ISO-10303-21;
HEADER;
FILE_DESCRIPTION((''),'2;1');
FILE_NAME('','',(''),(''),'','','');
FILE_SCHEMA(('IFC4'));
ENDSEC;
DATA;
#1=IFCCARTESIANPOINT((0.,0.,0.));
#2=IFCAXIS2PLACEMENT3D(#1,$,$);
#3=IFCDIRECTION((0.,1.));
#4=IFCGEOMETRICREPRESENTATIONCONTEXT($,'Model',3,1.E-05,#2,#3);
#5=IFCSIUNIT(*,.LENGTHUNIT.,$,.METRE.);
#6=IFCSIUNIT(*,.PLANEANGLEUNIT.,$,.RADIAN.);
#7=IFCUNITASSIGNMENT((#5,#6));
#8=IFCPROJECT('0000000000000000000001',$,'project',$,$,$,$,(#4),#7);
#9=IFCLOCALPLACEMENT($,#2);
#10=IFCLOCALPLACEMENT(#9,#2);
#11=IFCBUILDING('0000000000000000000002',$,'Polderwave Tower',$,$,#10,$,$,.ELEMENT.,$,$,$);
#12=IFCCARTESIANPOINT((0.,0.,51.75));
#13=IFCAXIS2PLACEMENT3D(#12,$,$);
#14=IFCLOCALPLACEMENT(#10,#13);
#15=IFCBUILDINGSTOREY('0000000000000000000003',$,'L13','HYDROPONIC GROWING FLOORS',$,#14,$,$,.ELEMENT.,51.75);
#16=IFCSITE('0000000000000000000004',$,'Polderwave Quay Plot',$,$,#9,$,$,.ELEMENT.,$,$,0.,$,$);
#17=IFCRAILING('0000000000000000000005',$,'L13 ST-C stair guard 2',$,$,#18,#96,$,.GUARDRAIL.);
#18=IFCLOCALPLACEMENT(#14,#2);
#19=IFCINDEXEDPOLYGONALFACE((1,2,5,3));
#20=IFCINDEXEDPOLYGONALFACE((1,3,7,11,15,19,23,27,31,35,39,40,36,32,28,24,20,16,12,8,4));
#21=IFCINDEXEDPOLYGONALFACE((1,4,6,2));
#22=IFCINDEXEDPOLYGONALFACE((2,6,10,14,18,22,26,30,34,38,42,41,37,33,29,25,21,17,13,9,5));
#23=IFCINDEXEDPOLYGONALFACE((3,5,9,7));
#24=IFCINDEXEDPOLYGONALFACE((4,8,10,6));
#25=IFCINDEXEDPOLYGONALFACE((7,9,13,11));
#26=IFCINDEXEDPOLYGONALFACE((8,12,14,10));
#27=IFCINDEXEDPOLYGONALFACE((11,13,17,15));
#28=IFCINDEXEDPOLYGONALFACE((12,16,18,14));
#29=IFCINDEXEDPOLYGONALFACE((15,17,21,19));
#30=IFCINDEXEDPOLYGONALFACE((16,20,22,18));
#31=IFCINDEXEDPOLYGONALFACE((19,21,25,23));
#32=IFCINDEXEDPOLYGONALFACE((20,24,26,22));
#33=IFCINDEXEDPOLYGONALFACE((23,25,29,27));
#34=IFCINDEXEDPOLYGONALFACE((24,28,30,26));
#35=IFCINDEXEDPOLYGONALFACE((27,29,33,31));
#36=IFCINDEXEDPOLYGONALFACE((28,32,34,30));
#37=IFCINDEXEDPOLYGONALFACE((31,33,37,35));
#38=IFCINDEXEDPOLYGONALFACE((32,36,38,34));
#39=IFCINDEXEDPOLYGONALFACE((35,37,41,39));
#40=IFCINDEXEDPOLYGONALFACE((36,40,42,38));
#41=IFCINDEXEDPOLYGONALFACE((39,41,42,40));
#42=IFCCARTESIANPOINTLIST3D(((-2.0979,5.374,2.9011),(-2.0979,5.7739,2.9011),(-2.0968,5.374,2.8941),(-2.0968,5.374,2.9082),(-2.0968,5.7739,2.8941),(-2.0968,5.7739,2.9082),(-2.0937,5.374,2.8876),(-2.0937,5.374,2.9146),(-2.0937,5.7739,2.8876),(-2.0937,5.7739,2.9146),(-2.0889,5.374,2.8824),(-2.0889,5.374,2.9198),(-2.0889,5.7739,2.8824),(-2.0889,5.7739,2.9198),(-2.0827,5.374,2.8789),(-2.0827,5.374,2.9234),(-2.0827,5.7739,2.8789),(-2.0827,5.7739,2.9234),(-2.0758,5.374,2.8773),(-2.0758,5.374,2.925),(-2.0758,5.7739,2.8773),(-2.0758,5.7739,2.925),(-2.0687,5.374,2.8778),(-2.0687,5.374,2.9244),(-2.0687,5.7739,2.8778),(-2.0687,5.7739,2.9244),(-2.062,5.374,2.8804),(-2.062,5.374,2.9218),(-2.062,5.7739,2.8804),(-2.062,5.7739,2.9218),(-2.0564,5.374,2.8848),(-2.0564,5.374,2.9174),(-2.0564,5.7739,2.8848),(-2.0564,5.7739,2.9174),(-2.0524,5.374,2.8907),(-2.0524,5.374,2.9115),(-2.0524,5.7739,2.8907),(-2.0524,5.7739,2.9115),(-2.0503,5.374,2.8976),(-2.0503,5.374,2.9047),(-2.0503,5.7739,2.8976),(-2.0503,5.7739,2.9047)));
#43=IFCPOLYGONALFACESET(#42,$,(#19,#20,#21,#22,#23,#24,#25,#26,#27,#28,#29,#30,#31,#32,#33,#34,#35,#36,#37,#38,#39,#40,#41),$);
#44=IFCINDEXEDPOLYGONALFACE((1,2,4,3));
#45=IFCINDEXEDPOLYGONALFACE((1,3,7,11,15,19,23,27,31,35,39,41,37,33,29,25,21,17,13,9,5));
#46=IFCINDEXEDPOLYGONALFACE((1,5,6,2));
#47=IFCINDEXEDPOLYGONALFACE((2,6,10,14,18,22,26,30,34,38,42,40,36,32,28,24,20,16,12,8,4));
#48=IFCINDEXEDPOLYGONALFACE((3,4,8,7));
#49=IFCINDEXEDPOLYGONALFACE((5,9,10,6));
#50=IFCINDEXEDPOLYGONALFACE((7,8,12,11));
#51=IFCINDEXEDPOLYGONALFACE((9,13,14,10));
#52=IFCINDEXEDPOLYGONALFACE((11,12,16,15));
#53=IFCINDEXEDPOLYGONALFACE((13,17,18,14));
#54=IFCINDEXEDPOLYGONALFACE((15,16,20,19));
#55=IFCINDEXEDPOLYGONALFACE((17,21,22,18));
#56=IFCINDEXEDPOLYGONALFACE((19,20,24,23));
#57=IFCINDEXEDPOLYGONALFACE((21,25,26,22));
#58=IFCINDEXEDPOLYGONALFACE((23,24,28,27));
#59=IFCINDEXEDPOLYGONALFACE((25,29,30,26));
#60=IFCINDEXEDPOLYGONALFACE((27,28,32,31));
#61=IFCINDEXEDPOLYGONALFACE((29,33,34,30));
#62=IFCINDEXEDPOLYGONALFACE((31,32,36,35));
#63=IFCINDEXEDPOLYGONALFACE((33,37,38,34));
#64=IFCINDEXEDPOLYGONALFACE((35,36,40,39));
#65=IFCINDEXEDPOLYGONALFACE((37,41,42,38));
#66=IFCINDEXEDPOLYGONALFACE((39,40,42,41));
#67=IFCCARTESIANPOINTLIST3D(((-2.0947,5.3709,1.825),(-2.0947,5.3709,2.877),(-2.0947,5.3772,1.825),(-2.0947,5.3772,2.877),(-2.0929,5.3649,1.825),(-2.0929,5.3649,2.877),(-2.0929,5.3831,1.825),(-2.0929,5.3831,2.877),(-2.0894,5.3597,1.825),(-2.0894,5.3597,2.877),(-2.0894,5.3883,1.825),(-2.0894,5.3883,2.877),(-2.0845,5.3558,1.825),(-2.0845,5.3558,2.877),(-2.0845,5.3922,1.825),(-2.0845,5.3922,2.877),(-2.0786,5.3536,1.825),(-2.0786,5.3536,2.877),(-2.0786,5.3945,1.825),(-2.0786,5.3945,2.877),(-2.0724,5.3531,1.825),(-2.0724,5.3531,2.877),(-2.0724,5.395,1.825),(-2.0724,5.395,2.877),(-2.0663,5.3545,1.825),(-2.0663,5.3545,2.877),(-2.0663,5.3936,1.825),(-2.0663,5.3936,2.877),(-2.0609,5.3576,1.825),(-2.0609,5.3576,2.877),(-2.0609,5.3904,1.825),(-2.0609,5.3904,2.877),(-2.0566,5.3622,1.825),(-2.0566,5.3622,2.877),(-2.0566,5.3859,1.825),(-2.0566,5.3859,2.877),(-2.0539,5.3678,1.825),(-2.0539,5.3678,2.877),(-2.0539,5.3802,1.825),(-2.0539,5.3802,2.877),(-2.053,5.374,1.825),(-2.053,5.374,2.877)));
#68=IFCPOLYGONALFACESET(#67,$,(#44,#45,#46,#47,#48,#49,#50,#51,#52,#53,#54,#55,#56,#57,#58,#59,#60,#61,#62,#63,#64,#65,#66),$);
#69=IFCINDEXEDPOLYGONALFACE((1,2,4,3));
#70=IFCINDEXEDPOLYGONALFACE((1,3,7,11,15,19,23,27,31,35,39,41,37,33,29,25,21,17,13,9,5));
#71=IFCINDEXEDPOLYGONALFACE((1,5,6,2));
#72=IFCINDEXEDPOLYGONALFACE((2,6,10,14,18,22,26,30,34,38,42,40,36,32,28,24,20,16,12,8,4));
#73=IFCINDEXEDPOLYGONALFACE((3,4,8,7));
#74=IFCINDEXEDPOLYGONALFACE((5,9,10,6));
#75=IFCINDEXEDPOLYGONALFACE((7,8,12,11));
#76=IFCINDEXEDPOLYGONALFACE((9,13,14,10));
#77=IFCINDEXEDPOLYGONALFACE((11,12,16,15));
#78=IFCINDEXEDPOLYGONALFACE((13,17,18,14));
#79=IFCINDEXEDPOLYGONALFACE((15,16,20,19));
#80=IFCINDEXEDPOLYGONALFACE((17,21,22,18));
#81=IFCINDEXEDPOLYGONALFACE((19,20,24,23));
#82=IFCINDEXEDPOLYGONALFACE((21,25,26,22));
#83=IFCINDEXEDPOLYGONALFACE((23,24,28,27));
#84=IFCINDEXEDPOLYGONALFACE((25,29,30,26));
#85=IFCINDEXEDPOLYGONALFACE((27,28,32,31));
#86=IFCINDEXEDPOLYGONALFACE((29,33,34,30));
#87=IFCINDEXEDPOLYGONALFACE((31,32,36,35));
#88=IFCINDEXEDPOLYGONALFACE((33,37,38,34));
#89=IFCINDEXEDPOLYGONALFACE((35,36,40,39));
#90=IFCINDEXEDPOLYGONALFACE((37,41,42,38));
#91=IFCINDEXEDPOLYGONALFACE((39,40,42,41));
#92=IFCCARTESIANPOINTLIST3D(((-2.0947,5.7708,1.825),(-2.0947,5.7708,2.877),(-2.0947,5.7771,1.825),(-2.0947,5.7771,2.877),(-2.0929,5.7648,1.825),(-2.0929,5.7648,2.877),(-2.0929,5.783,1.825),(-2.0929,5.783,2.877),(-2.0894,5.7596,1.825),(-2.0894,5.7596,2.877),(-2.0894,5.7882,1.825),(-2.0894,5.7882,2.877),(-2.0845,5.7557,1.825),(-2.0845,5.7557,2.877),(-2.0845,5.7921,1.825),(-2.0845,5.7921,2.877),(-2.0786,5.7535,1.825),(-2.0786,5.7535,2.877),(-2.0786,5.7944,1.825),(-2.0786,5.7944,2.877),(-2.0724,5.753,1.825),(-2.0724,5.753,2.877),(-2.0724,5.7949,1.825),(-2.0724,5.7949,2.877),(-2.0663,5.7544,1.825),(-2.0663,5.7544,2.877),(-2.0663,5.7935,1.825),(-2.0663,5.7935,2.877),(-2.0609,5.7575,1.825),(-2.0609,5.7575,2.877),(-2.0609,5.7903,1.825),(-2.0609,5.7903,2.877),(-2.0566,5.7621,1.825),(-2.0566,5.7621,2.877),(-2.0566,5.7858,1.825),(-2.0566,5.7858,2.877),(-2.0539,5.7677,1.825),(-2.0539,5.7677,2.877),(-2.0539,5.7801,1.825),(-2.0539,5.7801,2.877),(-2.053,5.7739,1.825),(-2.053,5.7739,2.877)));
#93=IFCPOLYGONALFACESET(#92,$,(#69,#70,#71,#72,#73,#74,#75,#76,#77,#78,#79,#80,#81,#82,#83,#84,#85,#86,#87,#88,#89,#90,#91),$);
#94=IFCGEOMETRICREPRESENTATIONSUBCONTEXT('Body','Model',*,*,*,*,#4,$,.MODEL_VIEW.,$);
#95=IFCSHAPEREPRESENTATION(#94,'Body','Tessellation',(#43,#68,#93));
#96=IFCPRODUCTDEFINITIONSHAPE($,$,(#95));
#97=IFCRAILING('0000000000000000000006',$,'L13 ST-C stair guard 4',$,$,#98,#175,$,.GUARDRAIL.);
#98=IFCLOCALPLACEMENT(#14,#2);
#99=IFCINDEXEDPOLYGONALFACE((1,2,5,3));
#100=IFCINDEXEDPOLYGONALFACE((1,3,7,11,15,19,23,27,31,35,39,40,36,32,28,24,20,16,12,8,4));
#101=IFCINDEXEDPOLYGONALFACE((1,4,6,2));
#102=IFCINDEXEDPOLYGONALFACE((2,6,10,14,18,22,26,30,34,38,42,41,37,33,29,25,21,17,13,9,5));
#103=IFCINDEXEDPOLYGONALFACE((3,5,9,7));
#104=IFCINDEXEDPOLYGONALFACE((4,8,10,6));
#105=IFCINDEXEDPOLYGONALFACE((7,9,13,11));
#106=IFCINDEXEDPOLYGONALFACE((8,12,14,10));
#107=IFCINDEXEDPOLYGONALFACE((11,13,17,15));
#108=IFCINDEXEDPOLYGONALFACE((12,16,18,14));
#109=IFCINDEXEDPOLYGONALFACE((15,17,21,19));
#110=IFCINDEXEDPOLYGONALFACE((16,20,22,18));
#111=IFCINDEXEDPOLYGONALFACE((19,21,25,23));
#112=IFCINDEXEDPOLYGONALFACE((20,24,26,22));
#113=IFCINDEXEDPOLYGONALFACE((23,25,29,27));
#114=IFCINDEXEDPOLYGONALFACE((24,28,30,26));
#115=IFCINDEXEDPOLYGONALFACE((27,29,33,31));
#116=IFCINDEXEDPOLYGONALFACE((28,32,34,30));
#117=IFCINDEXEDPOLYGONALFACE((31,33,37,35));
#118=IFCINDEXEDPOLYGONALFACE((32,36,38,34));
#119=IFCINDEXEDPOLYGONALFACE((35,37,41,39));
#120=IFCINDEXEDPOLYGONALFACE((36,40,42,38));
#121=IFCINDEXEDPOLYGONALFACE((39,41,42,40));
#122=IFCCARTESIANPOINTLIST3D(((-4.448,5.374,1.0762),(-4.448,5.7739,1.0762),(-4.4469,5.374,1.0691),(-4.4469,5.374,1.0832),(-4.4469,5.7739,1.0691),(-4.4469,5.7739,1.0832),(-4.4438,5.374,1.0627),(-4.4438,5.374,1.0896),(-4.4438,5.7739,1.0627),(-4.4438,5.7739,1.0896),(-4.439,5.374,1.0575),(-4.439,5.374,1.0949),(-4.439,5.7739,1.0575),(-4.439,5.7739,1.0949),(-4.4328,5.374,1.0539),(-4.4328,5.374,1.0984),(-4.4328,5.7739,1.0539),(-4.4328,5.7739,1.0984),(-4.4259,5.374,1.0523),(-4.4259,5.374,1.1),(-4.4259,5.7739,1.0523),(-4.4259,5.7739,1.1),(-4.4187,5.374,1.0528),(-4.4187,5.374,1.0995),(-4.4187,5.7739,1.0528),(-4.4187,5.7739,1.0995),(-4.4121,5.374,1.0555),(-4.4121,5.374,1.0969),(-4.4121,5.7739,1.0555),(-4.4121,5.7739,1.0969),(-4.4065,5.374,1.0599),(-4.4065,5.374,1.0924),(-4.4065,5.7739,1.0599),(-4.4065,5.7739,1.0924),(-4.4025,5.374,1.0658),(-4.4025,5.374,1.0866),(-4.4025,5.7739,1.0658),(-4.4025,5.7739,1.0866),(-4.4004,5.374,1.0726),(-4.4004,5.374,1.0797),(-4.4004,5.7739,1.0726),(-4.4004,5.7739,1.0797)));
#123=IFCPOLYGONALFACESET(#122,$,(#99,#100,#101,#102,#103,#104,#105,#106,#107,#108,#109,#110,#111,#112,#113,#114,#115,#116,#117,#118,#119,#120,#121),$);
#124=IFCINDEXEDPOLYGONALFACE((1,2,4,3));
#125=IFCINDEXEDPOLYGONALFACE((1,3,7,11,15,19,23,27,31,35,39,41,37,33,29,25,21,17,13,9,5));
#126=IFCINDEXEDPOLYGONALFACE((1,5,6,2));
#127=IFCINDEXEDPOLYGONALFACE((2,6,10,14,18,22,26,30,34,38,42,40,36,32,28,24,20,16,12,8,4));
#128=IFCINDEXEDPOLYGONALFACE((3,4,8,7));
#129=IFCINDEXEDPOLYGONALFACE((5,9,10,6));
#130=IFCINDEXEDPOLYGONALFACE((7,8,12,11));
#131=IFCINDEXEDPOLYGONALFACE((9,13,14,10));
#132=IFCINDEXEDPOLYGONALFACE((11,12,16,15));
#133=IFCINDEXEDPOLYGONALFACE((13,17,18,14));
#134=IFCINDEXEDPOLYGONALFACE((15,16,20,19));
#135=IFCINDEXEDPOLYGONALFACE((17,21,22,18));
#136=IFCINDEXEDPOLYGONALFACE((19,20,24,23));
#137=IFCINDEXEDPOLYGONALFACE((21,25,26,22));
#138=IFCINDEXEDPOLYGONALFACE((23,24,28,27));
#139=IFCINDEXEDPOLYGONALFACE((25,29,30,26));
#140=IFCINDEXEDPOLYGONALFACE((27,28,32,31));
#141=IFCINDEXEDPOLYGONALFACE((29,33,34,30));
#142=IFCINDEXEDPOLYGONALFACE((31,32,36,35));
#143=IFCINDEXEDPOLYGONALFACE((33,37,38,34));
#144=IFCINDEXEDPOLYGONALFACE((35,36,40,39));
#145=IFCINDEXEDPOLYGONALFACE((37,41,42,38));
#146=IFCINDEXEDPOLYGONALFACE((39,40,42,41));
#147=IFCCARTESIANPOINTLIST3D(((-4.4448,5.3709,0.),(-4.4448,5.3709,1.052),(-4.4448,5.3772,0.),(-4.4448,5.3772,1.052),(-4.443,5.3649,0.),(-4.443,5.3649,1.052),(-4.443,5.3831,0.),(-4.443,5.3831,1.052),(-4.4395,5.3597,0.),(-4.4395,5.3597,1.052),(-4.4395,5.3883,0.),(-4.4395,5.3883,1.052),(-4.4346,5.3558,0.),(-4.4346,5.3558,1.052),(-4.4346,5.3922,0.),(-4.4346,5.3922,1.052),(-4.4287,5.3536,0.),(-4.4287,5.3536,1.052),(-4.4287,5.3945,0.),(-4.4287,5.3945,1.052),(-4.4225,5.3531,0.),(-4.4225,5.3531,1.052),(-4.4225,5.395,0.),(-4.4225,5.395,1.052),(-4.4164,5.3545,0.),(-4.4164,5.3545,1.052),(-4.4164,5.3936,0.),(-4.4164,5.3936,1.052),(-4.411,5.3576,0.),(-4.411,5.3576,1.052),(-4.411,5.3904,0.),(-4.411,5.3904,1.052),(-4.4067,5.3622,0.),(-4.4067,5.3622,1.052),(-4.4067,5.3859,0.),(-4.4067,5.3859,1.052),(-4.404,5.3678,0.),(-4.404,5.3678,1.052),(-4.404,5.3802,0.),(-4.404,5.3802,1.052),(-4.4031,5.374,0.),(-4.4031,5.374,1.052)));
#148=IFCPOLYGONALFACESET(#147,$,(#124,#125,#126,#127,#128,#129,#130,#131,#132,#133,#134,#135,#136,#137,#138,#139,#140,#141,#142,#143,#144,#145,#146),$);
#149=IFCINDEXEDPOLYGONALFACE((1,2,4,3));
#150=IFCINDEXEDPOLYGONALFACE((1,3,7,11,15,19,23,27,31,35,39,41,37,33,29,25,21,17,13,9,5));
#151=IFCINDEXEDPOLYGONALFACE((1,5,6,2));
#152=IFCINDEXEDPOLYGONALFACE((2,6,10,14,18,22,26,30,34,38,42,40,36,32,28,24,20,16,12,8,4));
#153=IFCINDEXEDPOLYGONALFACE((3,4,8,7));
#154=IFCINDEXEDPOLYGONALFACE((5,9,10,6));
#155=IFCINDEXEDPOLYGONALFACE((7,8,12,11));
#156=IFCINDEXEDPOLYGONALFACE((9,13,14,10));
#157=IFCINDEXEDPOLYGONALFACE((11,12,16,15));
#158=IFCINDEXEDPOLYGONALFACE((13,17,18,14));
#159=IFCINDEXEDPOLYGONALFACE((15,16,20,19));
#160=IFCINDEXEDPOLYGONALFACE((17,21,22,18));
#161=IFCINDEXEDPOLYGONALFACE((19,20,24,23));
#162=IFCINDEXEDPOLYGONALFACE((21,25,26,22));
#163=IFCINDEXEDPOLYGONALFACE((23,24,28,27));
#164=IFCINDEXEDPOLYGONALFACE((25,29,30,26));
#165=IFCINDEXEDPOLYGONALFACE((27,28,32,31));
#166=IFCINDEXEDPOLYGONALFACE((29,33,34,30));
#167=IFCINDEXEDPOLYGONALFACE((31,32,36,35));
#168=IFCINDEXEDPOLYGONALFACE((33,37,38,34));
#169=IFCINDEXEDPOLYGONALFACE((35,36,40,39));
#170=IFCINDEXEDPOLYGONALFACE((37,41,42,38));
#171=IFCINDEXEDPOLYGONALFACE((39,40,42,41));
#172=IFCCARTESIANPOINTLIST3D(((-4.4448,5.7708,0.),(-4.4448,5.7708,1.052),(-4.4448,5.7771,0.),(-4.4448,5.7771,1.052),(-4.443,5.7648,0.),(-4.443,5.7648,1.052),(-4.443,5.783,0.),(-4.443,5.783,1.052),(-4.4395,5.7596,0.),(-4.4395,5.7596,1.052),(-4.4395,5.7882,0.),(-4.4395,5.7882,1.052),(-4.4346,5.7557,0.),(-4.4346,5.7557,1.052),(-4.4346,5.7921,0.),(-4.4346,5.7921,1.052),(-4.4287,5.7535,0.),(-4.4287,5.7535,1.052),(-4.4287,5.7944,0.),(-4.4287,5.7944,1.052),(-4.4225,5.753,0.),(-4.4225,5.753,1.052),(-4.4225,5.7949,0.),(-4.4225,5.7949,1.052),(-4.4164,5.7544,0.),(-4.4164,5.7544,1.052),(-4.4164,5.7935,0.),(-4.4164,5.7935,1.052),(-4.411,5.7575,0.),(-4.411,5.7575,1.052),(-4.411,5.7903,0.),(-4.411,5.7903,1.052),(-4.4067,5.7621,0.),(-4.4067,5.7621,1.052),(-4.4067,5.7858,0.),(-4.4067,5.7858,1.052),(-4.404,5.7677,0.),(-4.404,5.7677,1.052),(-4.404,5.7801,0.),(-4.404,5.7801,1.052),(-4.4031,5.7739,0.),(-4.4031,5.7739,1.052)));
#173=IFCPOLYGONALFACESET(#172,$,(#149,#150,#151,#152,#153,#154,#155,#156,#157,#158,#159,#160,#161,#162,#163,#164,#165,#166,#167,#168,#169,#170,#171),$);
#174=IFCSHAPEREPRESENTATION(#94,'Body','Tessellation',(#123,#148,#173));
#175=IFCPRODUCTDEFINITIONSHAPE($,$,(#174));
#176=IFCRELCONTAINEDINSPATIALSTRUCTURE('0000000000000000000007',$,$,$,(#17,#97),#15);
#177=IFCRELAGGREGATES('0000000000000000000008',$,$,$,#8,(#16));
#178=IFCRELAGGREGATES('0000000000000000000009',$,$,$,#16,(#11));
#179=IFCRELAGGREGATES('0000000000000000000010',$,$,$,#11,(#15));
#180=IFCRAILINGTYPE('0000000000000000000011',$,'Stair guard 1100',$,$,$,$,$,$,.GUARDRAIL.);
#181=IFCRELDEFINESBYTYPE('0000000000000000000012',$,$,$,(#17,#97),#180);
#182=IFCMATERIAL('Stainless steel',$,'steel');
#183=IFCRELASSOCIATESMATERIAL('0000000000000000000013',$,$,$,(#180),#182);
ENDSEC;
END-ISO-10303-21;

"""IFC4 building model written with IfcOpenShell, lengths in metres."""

from ifc_helpers import new_model, si_unit, direction, frame, origin, origin_2d, place, context, subcontext, project, spatial, circle, extrude, material, type_object, element, save


model = new_model("IFC4")

# Units and contexts
model_context = context("Model", 3, precision=1e-05, world=origin(), true_north=direction((0.0, 1.0)))
body_context = subcontext(model_context, "Body", "Model", "MODEL_VIEW")
ifc_project = project(units=[si_unit("LENGTHUNIT", "METRE"), si_unit("PLANEANGLEUNIT", "RADIAN")], contexts=[model_context])

# Site, building, storey
site_placement = place(None, origin())
site = spatial("IfcSite", under=ifc_project, at=site_placement, Name="Polderwave Quay Plot", CompositionType="ELEMENT", RefElevation=0.0)
building_placement = place(site_placement, origin())
building = spatial("IfcBuilding", under=site, at=building_placement, Name="Polderwave Tower", CompositionType="ELEMENT")
storey_placement = place(building_placement, frame((0.0, 0.0, 51.75)))
storey = spatial("IfcBuildingStorey", under=building, at=storey_placement, Name="L13", Description="HYDROPONIC GROWING FLOORS", CompositionType="ELEMENT", Elevation=51.75)

# Railings
ifc_material_1 = material(Name="Stainless steel", Category="steel")
railing_type_1 = type_object("IfcRailingType", Name="Stair guard 1100", PredefinedType="GUARDRAIL", material=ifc_material_1)
for number, where, name in (
    (1, (-2.074, 5.374, 1.825), "L13 ST-C stair guard 2"),
    (2, (-4.4241, 5.374, 0.0), "L13 ST-C stair guard 4"),
):
    element("IfcRailing", number, at=place(storey_placement, frame(where)), inside=storey, type_object=railing_type_1, Name=name, PredefinedType="GUARDRAIL", context=body_context, shape_type="SweptSolid", body=[
        extrude(circle(Radius=0.0239, at=origin_2d()), frame((0.0, 0.0, 1.0762), z_axis=(0.0, 1.0, 0.0), x_axis=(-1.0, 0.0, 0.0)), (0.0, 0.0, 1.0), 0.3999),
        extrude(circle(Radius=0.021, at=origin_2d()), origin(), (0.0, 0.0, 1.0), 1.052),
        extrude(circle(Radius=0.021, at=origin_2d()), frame((0.0, 0.3999, 0.0)), (0.0, 0.0, 1.0), 1.052),
    ])

save(model, "model.ifc")
